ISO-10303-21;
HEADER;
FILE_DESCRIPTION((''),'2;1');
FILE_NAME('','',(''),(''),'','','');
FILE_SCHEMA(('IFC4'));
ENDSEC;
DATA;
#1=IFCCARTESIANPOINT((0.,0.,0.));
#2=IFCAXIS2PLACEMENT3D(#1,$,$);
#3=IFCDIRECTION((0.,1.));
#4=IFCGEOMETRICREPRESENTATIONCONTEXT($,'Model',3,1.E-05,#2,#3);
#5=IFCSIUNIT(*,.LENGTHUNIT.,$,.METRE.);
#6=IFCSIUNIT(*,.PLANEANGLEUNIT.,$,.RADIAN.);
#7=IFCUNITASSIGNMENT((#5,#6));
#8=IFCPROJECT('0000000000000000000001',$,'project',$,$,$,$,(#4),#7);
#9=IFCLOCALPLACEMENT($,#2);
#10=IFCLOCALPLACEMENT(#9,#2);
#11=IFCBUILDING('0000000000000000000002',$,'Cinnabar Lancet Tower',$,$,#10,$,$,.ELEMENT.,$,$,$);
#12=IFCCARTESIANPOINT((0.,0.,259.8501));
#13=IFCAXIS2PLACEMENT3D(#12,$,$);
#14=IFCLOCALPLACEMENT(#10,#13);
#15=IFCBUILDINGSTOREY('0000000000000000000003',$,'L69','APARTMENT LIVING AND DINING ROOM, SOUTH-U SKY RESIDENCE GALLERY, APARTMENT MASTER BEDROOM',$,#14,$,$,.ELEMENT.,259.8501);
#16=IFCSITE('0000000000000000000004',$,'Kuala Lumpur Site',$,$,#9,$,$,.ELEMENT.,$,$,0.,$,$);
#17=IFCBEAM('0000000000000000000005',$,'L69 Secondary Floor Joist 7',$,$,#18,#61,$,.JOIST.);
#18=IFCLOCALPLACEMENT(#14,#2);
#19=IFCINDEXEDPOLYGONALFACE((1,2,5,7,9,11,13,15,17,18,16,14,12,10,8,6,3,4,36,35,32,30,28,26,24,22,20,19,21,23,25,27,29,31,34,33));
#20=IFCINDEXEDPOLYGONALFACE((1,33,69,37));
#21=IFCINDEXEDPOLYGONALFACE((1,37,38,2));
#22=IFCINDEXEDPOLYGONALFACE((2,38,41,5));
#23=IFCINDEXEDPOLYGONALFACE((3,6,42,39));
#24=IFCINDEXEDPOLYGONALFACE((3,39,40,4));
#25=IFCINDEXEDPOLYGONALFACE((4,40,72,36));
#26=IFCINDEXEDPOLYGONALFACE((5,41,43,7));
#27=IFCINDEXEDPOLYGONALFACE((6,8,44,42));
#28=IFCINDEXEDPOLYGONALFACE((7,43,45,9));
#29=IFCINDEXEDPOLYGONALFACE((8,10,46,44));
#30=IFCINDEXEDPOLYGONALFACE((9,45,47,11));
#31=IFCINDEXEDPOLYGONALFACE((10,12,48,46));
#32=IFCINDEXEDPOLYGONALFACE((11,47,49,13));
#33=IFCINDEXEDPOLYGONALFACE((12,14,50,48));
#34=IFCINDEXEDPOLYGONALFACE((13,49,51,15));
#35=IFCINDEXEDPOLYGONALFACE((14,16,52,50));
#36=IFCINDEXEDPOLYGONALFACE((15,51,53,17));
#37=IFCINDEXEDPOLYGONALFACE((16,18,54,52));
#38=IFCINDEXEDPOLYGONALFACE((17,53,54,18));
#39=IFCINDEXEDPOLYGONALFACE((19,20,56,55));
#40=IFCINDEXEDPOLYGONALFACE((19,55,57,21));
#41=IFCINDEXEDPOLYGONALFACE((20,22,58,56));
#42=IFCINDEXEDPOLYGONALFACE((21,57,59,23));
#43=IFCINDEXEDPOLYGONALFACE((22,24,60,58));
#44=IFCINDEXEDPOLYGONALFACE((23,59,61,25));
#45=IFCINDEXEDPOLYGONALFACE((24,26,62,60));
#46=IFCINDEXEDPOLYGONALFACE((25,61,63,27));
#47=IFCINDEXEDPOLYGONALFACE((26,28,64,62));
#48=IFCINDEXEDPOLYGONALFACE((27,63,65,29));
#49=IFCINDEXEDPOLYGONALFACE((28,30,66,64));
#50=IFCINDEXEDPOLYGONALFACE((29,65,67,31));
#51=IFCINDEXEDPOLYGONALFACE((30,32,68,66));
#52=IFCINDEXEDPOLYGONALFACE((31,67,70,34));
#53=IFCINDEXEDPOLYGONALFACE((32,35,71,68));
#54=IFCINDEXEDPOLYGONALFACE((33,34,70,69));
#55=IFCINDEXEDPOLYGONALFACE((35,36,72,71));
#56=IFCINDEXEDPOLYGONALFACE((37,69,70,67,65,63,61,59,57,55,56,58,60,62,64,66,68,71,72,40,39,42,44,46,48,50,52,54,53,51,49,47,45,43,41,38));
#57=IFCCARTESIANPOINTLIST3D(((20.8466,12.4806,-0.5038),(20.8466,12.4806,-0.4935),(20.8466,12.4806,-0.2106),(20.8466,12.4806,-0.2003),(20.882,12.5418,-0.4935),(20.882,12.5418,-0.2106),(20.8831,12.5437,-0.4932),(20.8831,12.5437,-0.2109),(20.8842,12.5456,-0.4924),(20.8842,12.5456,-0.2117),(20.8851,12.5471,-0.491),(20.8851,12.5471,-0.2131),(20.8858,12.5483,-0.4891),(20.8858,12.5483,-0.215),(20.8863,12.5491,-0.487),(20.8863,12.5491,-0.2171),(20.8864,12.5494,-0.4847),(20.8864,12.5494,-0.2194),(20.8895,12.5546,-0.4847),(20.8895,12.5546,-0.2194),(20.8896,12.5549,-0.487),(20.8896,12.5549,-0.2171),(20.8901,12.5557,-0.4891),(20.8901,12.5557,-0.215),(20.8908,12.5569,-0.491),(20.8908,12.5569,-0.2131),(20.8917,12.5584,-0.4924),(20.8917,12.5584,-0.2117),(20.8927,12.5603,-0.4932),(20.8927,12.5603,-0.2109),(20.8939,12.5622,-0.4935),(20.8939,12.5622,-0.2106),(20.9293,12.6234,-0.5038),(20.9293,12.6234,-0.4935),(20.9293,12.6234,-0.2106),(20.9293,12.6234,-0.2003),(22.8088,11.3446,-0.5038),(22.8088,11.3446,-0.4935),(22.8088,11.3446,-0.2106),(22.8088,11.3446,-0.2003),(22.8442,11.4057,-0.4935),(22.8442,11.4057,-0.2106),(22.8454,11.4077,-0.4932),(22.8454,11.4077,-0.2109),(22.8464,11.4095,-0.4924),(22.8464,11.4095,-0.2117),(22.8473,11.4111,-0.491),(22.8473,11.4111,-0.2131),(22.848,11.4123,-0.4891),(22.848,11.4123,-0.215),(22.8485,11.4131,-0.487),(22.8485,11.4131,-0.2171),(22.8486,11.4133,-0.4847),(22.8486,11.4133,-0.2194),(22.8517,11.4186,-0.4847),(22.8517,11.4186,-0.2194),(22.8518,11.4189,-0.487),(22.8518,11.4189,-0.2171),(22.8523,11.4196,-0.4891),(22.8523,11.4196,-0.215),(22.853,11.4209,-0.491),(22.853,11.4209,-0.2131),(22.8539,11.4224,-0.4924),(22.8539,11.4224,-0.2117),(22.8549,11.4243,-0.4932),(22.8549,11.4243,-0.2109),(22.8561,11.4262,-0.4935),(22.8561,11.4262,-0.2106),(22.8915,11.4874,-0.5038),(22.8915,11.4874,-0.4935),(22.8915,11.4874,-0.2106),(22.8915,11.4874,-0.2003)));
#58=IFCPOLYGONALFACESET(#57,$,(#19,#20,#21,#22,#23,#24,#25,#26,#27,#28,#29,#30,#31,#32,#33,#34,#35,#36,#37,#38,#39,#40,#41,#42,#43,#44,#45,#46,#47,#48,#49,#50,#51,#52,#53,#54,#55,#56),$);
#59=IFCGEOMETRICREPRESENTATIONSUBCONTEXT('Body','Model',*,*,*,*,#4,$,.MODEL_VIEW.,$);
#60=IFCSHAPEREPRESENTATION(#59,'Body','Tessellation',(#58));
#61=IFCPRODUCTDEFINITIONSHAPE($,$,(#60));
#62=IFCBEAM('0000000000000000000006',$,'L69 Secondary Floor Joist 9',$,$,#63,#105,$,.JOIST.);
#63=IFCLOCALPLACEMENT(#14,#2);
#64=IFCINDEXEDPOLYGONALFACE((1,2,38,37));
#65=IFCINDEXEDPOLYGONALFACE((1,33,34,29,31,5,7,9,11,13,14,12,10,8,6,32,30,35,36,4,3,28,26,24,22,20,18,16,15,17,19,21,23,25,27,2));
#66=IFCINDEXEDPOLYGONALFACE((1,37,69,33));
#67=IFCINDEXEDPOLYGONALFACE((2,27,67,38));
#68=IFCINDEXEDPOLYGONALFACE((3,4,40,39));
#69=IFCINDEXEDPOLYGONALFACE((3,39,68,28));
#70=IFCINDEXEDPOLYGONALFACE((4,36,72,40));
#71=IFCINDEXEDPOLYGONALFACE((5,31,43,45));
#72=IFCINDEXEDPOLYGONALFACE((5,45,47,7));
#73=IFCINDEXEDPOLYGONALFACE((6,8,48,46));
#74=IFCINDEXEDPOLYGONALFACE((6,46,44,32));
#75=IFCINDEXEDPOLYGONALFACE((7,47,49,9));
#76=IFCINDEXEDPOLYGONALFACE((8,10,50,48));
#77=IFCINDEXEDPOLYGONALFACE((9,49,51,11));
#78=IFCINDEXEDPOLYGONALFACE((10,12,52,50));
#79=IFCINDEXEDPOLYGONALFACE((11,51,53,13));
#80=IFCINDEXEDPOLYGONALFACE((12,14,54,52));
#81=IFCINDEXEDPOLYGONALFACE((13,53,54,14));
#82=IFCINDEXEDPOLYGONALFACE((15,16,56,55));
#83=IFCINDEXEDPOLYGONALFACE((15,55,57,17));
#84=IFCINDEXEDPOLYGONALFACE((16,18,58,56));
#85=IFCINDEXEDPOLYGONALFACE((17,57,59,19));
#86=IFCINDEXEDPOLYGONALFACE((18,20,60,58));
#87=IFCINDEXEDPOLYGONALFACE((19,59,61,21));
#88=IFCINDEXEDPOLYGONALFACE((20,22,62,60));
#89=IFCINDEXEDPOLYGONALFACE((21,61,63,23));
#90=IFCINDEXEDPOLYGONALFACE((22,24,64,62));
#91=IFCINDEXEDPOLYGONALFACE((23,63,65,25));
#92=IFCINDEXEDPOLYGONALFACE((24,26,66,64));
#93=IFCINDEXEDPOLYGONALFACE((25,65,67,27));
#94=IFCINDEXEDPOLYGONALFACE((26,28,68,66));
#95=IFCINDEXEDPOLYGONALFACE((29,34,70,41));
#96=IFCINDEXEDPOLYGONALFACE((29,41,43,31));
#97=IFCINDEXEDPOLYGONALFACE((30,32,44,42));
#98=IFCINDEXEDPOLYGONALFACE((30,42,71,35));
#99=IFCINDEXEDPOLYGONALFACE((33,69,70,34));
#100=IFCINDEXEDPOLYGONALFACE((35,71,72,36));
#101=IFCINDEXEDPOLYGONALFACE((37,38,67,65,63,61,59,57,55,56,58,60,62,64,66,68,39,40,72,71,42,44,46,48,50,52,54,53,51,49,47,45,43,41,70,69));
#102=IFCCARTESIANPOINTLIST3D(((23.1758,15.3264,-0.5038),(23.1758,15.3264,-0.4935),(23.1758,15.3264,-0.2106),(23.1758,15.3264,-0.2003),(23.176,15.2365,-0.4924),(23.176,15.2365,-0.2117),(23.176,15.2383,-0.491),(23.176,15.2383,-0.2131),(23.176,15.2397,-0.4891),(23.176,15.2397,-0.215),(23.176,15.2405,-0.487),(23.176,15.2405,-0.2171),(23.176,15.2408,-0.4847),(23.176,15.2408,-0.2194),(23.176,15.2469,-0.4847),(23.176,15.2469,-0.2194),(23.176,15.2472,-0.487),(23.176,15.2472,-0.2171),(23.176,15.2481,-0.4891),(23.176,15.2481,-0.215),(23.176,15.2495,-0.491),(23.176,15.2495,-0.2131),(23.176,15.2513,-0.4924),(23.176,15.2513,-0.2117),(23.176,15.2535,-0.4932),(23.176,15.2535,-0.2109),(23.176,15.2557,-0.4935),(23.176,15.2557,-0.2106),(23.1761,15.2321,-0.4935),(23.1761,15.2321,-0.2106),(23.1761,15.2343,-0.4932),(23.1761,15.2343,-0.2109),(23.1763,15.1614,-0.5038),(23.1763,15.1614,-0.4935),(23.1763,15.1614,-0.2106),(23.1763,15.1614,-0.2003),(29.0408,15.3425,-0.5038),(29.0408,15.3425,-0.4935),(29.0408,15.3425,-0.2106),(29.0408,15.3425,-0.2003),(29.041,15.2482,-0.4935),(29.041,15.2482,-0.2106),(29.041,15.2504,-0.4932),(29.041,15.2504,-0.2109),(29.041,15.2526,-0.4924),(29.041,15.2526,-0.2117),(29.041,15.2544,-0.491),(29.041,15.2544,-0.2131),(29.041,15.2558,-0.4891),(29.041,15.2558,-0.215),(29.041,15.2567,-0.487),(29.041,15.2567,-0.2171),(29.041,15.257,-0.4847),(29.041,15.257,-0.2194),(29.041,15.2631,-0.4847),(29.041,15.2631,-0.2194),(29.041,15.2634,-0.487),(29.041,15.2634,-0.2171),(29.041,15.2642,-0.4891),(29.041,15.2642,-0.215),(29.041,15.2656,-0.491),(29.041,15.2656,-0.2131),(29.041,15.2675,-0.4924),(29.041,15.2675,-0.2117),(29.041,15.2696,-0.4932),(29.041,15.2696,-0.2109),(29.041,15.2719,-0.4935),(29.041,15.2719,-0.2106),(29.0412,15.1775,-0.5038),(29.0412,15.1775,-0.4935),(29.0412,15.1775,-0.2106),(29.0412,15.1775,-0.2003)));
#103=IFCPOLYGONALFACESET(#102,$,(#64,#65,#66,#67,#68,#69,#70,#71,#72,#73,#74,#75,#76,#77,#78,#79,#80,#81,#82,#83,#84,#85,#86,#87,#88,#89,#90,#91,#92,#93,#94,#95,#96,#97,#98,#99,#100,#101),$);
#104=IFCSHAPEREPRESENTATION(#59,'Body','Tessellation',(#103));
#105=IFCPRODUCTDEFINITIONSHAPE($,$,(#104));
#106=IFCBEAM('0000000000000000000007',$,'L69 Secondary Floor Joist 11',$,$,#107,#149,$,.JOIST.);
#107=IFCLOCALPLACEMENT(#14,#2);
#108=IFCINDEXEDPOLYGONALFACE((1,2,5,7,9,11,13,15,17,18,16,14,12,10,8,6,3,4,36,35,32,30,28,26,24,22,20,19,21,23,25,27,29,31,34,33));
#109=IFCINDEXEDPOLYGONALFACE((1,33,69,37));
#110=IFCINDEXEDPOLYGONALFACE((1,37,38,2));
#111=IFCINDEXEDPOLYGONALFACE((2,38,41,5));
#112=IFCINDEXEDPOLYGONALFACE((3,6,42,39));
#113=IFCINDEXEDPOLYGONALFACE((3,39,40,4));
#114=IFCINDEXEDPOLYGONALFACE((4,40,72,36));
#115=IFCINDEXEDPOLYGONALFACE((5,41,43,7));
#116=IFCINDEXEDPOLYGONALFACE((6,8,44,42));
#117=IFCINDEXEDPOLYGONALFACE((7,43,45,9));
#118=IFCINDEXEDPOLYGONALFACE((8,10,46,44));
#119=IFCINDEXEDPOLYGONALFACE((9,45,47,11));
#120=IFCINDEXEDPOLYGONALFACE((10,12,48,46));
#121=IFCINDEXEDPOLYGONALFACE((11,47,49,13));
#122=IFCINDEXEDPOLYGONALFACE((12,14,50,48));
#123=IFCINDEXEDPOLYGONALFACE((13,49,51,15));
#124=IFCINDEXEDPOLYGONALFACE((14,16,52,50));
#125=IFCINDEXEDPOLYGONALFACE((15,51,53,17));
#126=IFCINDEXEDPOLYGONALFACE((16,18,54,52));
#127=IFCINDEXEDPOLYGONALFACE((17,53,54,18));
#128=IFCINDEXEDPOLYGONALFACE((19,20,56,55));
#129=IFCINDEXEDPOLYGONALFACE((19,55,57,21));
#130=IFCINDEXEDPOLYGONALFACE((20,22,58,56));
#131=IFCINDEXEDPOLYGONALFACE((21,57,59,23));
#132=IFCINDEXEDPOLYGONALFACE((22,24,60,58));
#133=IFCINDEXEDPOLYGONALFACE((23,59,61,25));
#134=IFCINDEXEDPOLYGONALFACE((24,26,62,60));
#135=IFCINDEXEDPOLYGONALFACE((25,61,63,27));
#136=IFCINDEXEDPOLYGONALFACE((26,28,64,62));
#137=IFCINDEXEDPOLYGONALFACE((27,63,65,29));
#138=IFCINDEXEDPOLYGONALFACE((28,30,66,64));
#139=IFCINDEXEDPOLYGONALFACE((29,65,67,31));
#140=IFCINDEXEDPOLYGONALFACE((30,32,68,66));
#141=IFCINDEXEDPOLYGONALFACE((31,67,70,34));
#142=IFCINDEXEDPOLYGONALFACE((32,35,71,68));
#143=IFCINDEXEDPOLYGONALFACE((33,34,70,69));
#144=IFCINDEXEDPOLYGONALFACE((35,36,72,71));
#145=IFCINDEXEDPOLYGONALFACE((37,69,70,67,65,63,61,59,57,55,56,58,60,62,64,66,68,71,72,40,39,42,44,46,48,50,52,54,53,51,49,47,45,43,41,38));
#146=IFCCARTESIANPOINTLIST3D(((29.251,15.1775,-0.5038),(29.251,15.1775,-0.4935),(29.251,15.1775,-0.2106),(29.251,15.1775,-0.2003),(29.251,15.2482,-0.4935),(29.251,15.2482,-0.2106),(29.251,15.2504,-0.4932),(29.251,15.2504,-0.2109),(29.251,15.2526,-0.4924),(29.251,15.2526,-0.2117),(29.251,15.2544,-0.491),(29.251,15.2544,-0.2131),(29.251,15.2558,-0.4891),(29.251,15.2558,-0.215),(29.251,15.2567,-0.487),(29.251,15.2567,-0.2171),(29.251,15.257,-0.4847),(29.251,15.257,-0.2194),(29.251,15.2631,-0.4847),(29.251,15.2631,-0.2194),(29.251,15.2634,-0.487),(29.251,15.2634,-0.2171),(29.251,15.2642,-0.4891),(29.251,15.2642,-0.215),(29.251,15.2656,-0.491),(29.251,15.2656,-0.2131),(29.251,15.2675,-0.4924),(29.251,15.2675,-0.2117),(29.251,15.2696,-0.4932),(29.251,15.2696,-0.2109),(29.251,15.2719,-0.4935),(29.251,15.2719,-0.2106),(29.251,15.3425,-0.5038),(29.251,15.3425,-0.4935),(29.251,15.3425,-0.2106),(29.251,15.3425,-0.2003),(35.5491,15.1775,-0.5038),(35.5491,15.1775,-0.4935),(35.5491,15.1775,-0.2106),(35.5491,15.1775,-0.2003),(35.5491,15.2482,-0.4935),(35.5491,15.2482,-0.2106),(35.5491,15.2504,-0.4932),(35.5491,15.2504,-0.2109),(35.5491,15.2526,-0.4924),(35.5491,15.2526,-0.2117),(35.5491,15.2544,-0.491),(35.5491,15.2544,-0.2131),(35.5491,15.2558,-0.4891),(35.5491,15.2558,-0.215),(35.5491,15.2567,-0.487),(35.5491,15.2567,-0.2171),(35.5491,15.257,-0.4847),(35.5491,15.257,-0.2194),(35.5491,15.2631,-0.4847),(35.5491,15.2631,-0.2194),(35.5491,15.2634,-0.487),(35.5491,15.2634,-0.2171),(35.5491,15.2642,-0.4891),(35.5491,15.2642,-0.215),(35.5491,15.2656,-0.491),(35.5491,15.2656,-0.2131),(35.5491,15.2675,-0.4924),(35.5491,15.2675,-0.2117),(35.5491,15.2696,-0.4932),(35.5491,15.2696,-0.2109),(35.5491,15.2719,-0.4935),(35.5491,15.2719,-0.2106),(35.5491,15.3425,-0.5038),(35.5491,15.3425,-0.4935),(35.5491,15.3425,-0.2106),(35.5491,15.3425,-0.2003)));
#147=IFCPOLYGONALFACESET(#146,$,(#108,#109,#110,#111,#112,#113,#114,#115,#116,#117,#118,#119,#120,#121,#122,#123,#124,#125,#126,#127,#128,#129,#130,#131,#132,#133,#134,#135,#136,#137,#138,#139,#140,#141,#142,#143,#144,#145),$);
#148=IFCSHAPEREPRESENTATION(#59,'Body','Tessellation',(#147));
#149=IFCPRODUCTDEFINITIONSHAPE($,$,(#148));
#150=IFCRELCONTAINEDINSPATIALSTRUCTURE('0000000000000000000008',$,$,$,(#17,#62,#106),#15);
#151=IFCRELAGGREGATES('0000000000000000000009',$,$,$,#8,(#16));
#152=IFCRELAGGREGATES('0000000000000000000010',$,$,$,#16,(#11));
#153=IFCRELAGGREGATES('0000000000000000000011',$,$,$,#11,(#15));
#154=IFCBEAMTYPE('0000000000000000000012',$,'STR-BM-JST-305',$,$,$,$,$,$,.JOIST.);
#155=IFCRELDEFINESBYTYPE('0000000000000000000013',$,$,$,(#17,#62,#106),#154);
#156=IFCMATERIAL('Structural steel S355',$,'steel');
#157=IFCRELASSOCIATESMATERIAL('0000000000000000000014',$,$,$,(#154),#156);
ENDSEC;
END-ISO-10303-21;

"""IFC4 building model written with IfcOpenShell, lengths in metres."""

from ifc_helpers import new_model, si_unit, direction, frame, origin, origin_2d, place, context, subcontext, project, spatial, i_section, extrude, material, material_profile, profile_set, type_object, element, save


model = new_model("IFC4")

# Units and contexts
model_context = context("Model", 3, precision=1e-05, world=origin(), true_north=direction((0.0, 1.0)))
body_context = subcontext(model_context, "Body", "Model", "MODEL_VIEW")
ifc_project = project(units=[si_unit("LENGTHUNIT", "METRE"), si_unit("PLANEANGLEUNIT", "RADIAN")], contexts=[model_context])

# Site, building, storey
site_placement = place(None, origin())
site = spatial("IfcSite", under=ifc_project, at=site_placement, Name="Kuala Lumpur Site", CompositionType="ELEMENT", RefElevation=0.0)
building_placement = place(site_placement, origin())
building = spatial("IfcBuilding", under=site, at=building_placement, Name="Cinnabar Lancet Tower", CompositionType="ELEMENT")
storey_placement = place(building_placement, frame((0.0, 0.0, 259.8501)))
storey = spatial("IfcBuildingStorey", under=building, at=storey_placement, Name="L69", Description="APARTMENT LIVING AND DINING ROOM, SOUTH-U SKY RESIDENCE GALLERY, APARTMENT MASTER BEDROOM", CompositionType="ELEMENT", Elevation=259.8501)

# Beams
ifc_material_1 = material(Name="Structural steel S355", Category="steel")
ifc_material_profile_1 = material_profile(ifc_material_1, i_section(OverallWidth=0.165, OverallDepth=0.3035, WebThickness=0.0061, FlangeThickness=0.0103, FilletRadius=0.0088, at=origin_2d()), Name="UKB 305x165x40")
ifc_profile_set_1 = profile_set([ifc_material_profile_1], Name="Structural steel S355")
beam_type_1 = type_object("IfcBeamType", Name="STR-BM-JST-305", PredefinedType="JOIST", material=ifc_profile_set_1)
beam_1_placement = place(storey_placement, frame((20.8879, 12.552, -0.3521), z_axis=(0.865426, -0.501036, 0.0), x_axis=(0.501036, 0.865426, 0.0)))
element("IfcBeam", 1, at=beam_1_placement, inside=storey, type_object=beam_type_1, Name="L69 Secondary Floor Joist 7", PredefinedType="JOIST", context=body_context, shape_type="SweptSolid", body=[
    extrude(i_section(OverallWidth=0.165, OverallDepth=0.3035, WebThickness=0.0061, FlangeThickness=0.0103, FilletRadius=0.0088, at=origin_2d()), origin(), (0.0, 0.0, 1.0), 2.2673),
])
beam_2_placement = place(storey_placement, frame((23.176, 15.2439, -0.3521), z_axis=(0.999996, 0.002747, 0.0), x_axis=(-0.002747, 0.999996, 0.0)))
element("IfcBeam", 2, at=beam_2_placement, inside=storey, type_object=beam_type_1, Name="L69 Secondary Floor Joist 9", PredefinedType="JOIST", context=body_context, shape_type="SweptSolid", body=[
    extrude(i_section(OverallWidth=0.165, OverallDepth=0.3035, WebThickness=0.0061, FlangeThickness=0.0103, FilletRadius=0.0088, at=origin_2d()), origin(), (0.0, 0.0, 1.0), 5.865),
])
beam_3_placement = place(storey_placement, frame((29.251, 15.26, -0.3521), z_axis=(1.0, 0.0, 0.0), x_axis=(0.0, 1.0, 0.0)))
element("IfcBeam", 3, at=beam_3_placement, inside=storey, type_object=beam_type_1, Name="L69 Secondary Floor Joist 11", PredefinedType="JOIST", context=body_context, shape_type="SweptSolid", body=[
    extrude(i_section(OverallWidth=0.165, OverallDepth=0.3035, WebThickness=0.0061, FlangeThickness=0.0103, FilletRadius=0.0088, at=origin_2d()), origin(), (0.0, 0.0, 1.0), 6.2981),
])

save(model, "model.ifc")
